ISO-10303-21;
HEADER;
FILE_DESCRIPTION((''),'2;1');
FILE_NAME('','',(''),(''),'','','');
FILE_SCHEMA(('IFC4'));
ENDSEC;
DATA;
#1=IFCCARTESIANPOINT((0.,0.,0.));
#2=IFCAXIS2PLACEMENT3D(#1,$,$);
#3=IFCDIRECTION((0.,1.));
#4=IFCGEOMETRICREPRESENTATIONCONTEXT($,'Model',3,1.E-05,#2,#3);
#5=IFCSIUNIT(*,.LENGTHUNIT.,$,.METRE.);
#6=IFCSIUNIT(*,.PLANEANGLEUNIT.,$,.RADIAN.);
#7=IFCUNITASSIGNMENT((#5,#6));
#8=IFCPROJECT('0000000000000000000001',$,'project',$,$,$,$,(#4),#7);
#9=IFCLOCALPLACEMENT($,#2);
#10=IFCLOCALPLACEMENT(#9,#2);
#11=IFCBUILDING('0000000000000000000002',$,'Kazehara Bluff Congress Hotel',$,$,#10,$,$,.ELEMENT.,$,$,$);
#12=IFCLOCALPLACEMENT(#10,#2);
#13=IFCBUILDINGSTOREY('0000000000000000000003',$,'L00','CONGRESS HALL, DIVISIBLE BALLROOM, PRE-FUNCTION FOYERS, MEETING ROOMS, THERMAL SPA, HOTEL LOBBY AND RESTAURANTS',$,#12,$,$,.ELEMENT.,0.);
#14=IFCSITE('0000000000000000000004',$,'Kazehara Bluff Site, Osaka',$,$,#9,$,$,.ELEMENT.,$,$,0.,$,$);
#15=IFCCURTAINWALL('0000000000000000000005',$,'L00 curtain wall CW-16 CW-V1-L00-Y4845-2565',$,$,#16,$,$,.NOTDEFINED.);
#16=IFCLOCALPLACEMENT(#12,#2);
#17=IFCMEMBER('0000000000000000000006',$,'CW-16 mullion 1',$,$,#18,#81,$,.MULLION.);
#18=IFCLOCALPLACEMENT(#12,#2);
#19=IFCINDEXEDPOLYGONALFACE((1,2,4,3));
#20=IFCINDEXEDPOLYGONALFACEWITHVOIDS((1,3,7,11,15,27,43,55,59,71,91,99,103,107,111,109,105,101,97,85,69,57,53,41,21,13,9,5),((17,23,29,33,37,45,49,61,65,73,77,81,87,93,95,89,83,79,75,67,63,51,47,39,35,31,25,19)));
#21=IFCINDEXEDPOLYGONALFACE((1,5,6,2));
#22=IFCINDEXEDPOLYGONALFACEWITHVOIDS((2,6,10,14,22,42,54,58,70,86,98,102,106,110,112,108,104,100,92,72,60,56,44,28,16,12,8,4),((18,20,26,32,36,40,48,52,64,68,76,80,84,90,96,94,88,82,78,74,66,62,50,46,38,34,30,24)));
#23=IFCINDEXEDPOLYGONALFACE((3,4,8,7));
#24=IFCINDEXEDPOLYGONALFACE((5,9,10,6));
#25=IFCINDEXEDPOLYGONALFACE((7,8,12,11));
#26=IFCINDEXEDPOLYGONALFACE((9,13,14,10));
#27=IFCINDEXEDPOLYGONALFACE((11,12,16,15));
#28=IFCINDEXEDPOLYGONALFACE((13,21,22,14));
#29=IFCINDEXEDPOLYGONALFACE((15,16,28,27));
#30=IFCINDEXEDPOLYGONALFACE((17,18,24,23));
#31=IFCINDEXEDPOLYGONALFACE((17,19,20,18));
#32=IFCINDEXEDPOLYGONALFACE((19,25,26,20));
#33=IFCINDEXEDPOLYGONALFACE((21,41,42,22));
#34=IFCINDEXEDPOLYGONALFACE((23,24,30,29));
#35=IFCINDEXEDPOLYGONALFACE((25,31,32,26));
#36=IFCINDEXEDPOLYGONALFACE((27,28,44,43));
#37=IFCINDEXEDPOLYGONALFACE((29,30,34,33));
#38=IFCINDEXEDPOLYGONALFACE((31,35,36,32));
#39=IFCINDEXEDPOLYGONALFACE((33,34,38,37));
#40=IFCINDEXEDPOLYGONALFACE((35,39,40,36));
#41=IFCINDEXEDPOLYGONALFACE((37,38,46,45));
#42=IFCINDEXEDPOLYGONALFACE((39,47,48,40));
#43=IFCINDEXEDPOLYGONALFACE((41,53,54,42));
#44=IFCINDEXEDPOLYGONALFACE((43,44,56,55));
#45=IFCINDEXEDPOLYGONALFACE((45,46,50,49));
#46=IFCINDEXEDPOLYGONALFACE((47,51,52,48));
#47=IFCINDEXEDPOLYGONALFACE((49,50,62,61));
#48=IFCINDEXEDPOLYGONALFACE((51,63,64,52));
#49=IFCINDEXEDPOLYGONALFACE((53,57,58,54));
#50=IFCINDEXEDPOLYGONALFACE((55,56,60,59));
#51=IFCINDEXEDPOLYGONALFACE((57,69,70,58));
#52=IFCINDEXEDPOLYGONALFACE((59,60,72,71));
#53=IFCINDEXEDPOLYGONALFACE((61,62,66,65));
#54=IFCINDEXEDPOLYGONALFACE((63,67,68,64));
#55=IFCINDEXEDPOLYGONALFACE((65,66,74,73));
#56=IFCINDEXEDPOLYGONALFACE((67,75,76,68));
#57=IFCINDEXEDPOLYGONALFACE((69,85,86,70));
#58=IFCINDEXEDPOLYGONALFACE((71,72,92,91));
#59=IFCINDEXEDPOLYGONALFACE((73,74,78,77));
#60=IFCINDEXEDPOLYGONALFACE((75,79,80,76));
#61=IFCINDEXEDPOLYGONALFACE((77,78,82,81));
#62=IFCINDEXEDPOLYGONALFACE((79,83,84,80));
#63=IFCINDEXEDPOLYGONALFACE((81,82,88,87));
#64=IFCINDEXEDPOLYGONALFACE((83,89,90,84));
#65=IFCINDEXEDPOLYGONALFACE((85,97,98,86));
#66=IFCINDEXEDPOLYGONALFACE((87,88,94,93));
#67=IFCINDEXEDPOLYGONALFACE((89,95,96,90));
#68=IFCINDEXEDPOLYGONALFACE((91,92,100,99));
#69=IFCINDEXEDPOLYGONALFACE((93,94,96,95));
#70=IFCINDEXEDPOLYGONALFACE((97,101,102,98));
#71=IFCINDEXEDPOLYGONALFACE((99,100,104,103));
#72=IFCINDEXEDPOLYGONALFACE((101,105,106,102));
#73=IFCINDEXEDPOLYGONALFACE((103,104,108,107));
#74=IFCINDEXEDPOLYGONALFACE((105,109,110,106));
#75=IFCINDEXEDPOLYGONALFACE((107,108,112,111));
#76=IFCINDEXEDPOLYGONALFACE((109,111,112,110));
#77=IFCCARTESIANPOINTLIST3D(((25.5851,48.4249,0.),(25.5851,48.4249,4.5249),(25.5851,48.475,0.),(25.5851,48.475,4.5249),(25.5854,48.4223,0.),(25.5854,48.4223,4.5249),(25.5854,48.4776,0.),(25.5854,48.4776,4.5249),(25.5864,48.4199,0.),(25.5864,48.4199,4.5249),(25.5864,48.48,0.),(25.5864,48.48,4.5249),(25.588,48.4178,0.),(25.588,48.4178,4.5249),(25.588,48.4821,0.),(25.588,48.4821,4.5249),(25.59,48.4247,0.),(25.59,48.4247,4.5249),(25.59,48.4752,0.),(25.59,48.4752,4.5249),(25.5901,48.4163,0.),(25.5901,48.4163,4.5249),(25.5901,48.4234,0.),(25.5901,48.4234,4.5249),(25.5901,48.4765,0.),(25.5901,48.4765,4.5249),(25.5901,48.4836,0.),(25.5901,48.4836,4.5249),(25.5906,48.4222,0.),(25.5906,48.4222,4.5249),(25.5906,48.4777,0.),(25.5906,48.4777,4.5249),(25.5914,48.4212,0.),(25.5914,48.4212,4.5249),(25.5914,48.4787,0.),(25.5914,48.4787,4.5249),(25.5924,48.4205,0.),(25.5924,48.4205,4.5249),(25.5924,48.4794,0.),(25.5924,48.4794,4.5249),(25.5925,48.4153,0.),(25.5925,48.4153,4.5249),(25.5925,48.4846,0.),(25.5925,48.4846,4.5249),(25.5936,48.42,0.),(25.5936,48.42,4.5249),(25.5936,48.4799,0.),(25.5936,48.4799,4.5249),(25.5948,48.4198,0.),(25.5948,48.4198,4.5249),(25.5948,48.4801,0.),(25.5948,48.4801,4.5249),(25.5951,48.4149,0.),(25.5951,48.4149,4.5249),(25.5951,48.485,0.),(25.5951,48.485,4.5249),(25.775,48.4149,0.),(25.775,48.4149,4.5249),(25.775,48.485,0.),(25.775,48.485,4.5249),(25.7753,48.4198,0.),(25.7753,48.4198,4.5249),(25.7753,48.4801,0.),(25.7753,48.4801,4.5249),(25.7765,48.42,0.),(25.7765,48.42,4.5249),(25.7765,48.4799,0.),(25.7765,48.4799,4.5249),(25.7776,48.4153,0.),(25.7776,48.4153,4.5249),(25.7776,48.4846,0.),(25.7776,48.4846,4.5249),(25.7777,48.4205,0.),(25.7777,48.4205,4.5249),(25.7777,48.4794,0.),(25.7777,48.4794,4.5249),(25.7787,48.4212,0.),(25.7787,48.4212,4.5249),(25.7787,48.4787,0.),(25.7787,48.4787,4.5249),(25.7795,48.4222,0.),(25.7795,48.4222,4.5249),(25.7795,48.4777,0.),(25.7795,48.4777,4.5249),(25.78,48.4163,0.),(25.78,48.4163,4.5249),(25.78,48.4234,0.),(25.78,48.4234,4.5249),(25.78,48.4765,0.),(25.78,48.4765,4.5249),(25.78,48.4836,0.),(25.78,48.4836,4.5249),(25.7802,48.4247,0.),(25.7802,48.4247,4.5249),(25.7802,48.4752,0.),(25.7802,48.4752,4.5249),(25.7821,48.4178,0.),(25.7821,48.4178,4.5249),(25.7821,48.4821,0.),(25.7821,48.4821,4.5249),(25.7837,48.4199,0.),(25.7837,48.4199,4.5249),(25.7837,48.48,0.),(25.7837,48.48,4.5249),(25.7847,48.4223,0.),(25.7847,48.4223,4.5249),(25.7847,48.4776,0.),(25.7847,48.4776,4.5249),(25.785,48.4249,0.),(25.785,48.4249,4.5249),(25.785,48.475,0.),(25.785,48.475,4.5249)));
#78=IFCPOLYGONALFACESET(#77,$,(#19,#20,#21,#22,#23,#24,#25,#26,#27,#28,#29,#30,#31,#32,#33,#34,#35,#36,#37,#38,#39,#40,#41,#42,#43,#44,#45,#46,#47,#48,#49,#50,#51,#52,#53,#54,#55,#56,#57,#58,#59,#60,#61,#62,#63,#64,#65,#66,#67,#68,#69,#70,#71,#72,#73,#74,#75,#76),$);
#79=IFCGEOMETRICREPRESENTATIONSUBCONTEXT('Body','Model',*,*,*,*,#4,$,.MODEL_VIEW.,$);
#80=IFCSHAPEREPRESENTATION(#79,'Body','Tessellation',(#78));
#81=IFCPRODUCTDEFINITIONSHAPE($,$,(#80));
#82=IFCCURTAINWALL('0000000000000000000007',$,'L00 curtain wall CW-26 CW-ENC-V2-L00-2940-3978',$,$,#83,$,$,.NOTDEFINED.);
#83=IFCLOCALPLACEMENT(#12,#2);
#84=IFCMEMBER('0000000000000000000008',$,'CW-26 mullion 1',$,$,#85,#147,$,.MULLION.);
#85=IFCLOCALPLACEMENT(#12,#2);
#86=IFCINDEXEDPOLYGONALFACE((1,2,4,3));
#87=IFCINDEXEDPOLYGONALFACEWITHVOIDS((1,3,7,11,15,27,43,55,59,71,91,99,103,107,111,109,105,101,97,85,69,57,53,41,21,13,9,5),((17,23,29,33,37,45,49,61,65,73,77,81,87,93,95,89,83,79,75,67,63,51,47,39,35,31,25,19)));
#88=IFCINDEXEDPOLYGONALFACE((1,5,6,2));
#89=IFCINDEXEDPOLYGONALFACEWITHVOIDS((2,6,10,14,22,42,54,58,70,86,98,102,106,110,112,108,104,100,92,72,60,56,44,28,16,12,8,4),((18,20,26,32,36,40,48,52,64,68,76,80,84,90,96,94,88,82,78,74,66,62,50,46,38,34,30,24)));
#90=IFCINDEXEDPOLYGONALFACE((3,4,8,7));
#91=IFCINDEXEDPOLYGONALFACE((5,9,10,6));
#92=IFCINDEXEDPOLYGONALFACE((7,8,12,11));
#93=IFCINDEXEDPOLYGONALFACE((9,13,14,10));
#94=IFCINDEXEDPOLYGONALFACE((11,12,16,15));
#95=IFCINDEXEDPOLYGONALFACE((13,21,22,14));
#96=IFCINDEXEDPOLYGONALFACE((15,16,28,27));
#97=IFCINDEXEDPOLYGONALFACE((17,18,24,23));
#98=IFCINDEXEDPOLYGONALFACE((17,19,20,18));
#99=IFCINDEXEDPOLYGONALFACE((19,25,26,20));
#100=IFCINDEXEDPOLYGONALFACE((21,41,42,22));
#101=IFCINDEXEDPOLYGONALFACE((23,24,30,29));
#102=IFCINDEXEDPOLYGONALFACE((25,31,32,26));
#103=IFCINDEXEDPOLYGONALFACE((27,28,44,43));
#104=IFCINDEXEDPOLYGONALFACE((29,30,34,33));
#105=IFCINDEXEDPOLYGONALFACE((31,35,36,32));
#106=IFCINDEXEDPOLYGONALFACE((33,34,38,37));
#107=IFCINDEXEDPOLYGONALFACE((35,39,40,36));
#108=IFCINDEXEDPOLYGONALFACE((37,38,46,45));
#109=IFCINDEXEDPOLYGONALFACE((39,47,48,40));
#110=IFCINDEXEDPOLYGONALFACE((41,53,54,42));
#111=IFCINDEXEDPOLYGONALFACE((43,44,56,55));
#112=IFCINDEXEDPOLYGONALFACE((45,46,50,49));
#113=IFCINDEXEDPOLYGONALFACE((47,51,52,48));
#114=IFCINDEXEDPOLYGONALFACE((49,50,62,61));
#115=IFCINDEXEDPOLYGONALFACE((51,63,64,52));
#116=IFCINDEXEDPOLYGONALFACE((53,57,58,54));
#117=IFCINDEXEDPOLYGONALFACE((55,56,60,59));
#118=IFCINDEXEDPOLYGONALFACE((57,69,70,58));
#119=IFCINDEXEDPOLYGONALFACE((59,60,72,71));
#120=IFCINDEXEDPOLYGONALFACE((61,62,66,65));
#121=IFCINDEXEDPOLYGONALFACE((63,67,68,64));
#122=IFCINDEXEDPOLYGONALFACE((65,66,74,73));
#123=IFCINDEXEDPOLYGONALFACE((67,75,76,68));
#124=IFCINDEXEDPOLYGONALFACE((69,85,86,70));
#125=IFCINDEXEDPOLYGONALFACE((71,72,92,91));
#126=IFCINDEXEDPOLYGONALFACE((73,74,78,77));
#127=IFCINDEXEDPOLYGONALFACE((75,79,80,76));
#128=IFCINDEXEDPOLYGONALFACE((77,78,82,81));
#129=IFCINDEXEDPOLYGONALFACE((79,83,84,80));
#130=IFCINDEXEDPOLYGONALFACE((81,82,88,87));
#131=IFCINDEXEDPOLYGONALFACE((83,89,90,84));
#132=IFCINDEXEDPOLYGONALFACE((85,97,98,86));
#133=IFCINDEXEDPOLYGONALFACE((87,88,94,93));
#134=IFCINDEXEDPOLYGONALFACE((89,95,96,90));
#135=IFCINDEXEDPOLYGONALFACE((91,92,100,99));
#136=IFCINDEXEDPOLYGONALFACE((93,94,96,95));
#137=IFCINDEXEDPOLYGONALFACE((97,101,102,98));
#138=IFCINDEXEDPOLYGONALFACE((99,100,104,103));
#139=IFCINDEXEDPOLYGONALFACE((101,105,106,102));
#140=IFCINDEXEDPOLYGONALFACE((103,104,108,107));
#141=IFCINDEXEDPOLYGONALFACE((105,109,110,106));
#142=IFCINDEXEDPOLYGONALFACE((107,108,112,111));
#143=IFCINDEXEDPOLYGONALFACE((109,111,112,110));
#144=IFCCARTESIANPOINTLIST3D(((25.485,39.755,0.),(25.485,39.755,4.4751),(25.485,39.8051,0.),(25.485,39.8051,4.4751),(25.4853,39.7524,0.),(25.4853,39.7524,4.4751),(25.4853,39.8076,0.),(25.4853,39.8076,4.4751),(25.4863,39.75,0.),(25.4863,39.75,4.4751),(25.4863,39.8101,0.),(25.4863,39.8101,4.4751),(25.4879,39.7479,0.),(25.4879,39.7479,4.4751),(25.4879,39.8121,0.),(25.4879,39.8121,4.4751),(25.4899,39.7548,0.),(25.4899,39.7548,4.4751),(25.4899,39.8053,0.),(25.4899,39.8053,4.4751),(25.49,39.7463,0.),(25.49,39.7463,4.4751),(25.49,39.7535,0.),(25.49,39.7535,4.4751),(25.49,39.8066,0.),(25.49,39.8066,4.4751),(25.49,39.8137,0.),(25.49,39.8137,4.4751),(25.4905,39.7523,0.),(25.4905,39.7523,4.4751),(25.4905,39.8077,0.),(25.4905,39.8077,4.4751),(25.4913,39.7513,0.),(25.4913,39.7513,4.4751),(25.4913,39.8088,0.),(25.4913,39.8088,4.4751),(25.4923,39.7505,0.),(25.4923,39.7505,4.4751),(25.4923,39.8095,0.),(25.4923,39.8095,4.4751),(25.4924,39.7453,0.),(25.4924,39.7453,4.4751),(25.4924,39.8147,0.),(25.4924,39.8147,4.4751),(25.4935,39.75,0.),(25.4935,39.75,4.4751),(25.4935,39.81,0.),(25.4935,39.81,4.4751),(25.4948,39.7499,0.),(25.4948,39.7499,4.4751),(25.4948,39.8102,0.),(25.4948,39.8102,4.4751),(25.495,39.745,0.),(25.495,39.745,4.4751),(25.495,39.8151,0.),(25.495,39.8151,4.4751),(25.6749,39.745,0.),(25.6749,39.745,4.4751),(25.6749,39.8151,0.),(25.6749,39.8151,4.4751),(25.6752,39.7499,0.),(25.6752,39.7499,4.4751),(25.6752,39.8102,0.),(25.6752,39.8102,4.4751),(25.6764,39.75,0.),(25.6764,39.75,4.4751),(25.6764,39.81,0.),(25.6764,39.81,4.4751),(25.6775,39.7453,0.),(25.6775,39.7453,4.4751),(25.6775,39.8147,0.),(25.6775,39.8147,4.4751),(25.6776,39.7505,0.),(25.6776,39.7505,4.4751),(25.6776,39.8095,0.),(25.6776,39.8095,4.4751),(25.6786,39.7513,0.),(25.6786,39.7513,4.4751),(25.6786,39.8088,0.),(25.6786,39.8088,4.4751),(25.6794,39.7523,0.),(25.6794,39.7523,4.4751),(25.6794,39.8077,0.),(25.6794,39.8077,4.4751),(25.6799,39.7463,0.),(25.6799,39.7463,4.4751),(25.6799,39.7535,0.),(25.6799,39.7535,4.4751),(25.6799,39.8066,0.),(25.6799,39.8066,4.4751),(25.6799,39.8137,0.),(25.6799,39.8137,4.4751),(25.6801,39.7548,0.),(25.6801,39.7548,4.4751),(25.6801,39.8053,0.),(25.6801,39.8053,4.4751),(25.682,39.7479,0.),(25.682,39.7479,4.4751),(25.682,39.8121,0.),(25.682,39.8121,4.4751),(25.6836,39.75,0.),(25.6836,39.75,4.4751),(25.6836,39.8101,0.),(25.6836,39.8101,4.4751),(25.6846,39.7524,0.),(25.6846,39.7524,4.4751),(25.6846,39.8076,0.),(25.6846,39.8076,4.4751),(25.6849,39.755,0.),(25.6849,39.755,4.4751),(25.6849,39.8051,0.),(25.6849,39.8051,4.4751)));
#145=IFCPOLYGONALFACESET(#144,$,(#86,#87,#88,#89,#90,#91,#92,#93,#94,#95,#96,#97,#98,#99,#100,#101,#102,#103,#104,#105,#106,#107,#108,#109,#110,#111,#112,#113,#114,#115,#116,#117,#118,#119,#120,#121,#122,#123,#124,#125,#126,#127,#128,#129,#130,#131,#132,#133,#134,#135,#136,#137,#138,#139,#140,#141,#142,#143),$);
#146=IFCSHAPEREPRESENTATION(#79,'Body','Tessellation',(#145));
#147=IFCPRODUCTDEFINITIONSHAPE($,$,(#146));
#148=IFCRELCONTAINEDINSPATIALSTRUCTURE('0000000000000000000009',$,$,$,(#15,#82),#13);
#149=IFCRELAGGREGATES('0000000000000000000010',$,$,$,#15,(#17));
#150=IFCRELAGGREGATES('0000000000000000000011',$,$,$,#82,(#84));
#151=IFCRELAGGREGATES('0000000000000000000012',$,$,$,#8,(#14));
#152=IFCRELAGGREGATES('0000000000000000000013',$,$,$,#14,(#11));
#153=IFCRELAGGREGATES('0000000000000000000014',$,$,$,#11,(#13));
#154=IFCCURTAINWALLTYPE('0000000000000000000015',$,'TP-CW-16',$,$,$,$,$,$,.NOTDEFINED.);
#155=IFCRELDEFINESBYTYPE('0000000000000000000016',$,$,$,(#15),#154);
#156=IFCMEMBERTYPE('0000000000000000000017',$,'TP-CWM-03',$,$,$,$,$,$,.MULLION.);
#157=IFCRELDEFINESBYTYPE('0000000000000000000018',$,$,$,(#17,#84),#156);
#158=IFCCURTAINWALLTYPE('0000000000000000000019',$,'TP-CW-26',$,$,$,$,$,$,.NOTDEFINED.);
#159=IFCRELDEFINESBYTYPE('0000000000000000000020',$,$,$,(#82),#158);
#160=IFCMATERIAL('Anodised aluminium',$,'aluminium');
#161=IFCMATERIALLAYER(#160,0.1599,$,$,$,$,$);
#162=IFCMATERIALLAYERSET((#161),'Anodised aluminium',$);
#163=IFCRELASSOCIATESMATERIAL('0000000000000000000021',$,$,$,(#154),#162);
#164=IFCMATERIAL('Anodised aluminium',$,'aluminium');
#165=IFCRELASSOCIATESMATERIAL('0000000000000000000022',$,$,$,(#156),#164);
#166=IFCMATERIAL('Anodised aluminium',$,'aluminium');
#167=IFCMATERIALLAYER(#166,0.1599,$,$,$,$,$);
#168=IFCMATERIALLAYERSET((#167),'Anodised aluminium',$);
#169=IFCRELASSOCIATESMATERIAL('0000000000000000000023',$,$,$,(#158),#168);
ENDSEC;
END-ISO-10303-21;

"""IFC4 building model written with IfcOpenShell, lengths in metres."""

from ifc_helpers import new_model, si_unit, direction, frame, origin, origin_2d, place, context, subcontext, project, spatial, hollow_rectangle, extrude, material, layer, layer_set, material_profile, profile_set, type_object, element, aggregate, save


model = new_model("IFC4")

# Units and contexts
model_context = context("Model", 3, precision=1e-05, world=origin(), true_north=direction((0.0, 1.0)))
body_context = subcontext(model_context, "Body", "Model", "MODEL_VIEW")
ifc_project = project(units=[si_unit("LENGTHUNIT", "METRE"), si_unit("PLANEANGLEUNIT", "RADIAN")], contexts=[model_context])

# Site, building, storey
site_placement = place(None, origin())
site = spatial("IfcSite", under=ifc_project, at=site_placement, Name="Kazehara Bluff Site, Osaka", CompositionType="ELEMENT", RefElevation=0.0)
building_placement = place(site_placement, origin())
building = spatial("IfcBuilding", under=site, at=building_placement, Name="Kazehara Bluff Congress Hotel", CompositionType="ELEMENT")
storey_placement = place(building_placement, origin())
storey = spatial("IfcBuildingStorey", under=building, at=storey_placement, Name="L00", Description="CONGRESS HALL, DIVISIBLE BALLROOM, PRE-FUNCTION FOYERS, MEETING ROOMS, THERMAL SPA, HOTEL LOBBY AND RESTAURANTS", CompositionType="ELEMENT", Elevation=0.0)

# Curtain wall, member
ifc_material_1 = material(Name="Anodised aluminium", Category="aluminium")
ifc_layer_1 = layer(ifc_material_1, 0.1599)
ifc_layer_set_1 = layer_set([ifc_layer_1], Name="Anodised aluminium")
curtain_wall_type_1 = type_object("IfcCurtainWallType", Name="TP-CW-16", PredefinedType="NOTDEFINED", material=ifc_layer_set_1)
curtain_wall_1_placement = place(storey_placement, origin())
curtain_wall_1 = element("IfcCurtainWall", 1, at=curtain_wall_1_placement, inside=storey, type_object=curtain_wall_type_1, Name="L00 curtain wall CW-16 CW-V1-L00-Y4845-2565", PredefinedType="NOTDEFINED")
ifc_material_2 = material(Name="Anodised aluminium", Category="aluminium")
ifc_material_profile_1 = material_profile(ifc_material_2, hollow_rectangle(XDim=0.0701, YDim=0.2, WallThickness=0.0049, InnerFilletRadius=0.0049, OuterFilletRadius=0.01, at=origin_2d()))
ifc_profile_set_1 = profile_set([ifc_material_profile_1], Name="Anodised aluminium")
member_type_1 = type_object("IfcMemberType", Name="TP-CWM-03", PredefinedType="MULLION", material=ifc_profile_set_1)
member_1_placement = place(storey_placement, frame((25.6851, 48.45, 0.0), z_axis=(0.0, 0.0, 1.0), x_axis=(0.0, 1.0, 0.0)))
member_1 = element("IfcMember", 2, at=member_1_placement, type_object=member_type_1, Name="CW-16 mullion 1", PredefinedType="MULLION", context=body_context, shape_type="SweptSolid", body=[
    extrude(hollow_rectangle(XDim=0.0701, YDim=0.2, WallThickness=0.0049, InnerFilletRadius=0.0049, OuterFilletRadius=0.01, at=origin_2d()), origin(), (0.0, 0.0, 1.0), 4.5249),
])

# Curtain wall, member
ifc_material_3 = material(Name="Anodised aluminium", Category="aluminium")
ifc_layer_2 = layer(ifc_material_3, 0.1599)
ifc_layer_set_2 = layer_set([ifc_layer_2], Name="Anodised aluminium")
curtain_wall_type_2 = type_object("IfcCurtainWallType", Name="TP-CW-26", PredefinedType="NOTDEFINED", material=ifc_layer_set_2)
curtain_wall_2_placement = place(storey_placement, origin())
curtain_wall_2 = element("IfcCurtainWall", 3, at=curtain_wall_2_placement, inside=storey, type_object=curtain_wall_type_2, Name="L00 curtain wall CW-26 CW-ENC-V2-L00-2940-3978", PredefinedType="NOTDEFINED")
member_2_placement = place(storey_placement, frame((25.585, 39.78, 0.0), z_axis=(0.0, 0.0, 1.0), x_axis=(0.0, 1.0, 0.0)))
member_2 = element("IfcMember", 4, at=member_2_placement, type_object=member_type_1, Name="CW-26 mullion 1", PredefinedType="MULLION", context=body_context, shape_type="SweptSolid", body=[
    extrude(hollow_rectangle(XDim=0.0701, YDim=0.2, WallThickness=0.0049, InnerFilletRadius=0.0049, OuterFilletRadius=0.01, at=origin_2d()), origin(), (0.0, 0.0, 1.0), 4.4751),
])

aggregate(curtain_wall_1, [member_1])

aggregate(curtain_wall_2, [member_2])

save(model, "model.ifc")
